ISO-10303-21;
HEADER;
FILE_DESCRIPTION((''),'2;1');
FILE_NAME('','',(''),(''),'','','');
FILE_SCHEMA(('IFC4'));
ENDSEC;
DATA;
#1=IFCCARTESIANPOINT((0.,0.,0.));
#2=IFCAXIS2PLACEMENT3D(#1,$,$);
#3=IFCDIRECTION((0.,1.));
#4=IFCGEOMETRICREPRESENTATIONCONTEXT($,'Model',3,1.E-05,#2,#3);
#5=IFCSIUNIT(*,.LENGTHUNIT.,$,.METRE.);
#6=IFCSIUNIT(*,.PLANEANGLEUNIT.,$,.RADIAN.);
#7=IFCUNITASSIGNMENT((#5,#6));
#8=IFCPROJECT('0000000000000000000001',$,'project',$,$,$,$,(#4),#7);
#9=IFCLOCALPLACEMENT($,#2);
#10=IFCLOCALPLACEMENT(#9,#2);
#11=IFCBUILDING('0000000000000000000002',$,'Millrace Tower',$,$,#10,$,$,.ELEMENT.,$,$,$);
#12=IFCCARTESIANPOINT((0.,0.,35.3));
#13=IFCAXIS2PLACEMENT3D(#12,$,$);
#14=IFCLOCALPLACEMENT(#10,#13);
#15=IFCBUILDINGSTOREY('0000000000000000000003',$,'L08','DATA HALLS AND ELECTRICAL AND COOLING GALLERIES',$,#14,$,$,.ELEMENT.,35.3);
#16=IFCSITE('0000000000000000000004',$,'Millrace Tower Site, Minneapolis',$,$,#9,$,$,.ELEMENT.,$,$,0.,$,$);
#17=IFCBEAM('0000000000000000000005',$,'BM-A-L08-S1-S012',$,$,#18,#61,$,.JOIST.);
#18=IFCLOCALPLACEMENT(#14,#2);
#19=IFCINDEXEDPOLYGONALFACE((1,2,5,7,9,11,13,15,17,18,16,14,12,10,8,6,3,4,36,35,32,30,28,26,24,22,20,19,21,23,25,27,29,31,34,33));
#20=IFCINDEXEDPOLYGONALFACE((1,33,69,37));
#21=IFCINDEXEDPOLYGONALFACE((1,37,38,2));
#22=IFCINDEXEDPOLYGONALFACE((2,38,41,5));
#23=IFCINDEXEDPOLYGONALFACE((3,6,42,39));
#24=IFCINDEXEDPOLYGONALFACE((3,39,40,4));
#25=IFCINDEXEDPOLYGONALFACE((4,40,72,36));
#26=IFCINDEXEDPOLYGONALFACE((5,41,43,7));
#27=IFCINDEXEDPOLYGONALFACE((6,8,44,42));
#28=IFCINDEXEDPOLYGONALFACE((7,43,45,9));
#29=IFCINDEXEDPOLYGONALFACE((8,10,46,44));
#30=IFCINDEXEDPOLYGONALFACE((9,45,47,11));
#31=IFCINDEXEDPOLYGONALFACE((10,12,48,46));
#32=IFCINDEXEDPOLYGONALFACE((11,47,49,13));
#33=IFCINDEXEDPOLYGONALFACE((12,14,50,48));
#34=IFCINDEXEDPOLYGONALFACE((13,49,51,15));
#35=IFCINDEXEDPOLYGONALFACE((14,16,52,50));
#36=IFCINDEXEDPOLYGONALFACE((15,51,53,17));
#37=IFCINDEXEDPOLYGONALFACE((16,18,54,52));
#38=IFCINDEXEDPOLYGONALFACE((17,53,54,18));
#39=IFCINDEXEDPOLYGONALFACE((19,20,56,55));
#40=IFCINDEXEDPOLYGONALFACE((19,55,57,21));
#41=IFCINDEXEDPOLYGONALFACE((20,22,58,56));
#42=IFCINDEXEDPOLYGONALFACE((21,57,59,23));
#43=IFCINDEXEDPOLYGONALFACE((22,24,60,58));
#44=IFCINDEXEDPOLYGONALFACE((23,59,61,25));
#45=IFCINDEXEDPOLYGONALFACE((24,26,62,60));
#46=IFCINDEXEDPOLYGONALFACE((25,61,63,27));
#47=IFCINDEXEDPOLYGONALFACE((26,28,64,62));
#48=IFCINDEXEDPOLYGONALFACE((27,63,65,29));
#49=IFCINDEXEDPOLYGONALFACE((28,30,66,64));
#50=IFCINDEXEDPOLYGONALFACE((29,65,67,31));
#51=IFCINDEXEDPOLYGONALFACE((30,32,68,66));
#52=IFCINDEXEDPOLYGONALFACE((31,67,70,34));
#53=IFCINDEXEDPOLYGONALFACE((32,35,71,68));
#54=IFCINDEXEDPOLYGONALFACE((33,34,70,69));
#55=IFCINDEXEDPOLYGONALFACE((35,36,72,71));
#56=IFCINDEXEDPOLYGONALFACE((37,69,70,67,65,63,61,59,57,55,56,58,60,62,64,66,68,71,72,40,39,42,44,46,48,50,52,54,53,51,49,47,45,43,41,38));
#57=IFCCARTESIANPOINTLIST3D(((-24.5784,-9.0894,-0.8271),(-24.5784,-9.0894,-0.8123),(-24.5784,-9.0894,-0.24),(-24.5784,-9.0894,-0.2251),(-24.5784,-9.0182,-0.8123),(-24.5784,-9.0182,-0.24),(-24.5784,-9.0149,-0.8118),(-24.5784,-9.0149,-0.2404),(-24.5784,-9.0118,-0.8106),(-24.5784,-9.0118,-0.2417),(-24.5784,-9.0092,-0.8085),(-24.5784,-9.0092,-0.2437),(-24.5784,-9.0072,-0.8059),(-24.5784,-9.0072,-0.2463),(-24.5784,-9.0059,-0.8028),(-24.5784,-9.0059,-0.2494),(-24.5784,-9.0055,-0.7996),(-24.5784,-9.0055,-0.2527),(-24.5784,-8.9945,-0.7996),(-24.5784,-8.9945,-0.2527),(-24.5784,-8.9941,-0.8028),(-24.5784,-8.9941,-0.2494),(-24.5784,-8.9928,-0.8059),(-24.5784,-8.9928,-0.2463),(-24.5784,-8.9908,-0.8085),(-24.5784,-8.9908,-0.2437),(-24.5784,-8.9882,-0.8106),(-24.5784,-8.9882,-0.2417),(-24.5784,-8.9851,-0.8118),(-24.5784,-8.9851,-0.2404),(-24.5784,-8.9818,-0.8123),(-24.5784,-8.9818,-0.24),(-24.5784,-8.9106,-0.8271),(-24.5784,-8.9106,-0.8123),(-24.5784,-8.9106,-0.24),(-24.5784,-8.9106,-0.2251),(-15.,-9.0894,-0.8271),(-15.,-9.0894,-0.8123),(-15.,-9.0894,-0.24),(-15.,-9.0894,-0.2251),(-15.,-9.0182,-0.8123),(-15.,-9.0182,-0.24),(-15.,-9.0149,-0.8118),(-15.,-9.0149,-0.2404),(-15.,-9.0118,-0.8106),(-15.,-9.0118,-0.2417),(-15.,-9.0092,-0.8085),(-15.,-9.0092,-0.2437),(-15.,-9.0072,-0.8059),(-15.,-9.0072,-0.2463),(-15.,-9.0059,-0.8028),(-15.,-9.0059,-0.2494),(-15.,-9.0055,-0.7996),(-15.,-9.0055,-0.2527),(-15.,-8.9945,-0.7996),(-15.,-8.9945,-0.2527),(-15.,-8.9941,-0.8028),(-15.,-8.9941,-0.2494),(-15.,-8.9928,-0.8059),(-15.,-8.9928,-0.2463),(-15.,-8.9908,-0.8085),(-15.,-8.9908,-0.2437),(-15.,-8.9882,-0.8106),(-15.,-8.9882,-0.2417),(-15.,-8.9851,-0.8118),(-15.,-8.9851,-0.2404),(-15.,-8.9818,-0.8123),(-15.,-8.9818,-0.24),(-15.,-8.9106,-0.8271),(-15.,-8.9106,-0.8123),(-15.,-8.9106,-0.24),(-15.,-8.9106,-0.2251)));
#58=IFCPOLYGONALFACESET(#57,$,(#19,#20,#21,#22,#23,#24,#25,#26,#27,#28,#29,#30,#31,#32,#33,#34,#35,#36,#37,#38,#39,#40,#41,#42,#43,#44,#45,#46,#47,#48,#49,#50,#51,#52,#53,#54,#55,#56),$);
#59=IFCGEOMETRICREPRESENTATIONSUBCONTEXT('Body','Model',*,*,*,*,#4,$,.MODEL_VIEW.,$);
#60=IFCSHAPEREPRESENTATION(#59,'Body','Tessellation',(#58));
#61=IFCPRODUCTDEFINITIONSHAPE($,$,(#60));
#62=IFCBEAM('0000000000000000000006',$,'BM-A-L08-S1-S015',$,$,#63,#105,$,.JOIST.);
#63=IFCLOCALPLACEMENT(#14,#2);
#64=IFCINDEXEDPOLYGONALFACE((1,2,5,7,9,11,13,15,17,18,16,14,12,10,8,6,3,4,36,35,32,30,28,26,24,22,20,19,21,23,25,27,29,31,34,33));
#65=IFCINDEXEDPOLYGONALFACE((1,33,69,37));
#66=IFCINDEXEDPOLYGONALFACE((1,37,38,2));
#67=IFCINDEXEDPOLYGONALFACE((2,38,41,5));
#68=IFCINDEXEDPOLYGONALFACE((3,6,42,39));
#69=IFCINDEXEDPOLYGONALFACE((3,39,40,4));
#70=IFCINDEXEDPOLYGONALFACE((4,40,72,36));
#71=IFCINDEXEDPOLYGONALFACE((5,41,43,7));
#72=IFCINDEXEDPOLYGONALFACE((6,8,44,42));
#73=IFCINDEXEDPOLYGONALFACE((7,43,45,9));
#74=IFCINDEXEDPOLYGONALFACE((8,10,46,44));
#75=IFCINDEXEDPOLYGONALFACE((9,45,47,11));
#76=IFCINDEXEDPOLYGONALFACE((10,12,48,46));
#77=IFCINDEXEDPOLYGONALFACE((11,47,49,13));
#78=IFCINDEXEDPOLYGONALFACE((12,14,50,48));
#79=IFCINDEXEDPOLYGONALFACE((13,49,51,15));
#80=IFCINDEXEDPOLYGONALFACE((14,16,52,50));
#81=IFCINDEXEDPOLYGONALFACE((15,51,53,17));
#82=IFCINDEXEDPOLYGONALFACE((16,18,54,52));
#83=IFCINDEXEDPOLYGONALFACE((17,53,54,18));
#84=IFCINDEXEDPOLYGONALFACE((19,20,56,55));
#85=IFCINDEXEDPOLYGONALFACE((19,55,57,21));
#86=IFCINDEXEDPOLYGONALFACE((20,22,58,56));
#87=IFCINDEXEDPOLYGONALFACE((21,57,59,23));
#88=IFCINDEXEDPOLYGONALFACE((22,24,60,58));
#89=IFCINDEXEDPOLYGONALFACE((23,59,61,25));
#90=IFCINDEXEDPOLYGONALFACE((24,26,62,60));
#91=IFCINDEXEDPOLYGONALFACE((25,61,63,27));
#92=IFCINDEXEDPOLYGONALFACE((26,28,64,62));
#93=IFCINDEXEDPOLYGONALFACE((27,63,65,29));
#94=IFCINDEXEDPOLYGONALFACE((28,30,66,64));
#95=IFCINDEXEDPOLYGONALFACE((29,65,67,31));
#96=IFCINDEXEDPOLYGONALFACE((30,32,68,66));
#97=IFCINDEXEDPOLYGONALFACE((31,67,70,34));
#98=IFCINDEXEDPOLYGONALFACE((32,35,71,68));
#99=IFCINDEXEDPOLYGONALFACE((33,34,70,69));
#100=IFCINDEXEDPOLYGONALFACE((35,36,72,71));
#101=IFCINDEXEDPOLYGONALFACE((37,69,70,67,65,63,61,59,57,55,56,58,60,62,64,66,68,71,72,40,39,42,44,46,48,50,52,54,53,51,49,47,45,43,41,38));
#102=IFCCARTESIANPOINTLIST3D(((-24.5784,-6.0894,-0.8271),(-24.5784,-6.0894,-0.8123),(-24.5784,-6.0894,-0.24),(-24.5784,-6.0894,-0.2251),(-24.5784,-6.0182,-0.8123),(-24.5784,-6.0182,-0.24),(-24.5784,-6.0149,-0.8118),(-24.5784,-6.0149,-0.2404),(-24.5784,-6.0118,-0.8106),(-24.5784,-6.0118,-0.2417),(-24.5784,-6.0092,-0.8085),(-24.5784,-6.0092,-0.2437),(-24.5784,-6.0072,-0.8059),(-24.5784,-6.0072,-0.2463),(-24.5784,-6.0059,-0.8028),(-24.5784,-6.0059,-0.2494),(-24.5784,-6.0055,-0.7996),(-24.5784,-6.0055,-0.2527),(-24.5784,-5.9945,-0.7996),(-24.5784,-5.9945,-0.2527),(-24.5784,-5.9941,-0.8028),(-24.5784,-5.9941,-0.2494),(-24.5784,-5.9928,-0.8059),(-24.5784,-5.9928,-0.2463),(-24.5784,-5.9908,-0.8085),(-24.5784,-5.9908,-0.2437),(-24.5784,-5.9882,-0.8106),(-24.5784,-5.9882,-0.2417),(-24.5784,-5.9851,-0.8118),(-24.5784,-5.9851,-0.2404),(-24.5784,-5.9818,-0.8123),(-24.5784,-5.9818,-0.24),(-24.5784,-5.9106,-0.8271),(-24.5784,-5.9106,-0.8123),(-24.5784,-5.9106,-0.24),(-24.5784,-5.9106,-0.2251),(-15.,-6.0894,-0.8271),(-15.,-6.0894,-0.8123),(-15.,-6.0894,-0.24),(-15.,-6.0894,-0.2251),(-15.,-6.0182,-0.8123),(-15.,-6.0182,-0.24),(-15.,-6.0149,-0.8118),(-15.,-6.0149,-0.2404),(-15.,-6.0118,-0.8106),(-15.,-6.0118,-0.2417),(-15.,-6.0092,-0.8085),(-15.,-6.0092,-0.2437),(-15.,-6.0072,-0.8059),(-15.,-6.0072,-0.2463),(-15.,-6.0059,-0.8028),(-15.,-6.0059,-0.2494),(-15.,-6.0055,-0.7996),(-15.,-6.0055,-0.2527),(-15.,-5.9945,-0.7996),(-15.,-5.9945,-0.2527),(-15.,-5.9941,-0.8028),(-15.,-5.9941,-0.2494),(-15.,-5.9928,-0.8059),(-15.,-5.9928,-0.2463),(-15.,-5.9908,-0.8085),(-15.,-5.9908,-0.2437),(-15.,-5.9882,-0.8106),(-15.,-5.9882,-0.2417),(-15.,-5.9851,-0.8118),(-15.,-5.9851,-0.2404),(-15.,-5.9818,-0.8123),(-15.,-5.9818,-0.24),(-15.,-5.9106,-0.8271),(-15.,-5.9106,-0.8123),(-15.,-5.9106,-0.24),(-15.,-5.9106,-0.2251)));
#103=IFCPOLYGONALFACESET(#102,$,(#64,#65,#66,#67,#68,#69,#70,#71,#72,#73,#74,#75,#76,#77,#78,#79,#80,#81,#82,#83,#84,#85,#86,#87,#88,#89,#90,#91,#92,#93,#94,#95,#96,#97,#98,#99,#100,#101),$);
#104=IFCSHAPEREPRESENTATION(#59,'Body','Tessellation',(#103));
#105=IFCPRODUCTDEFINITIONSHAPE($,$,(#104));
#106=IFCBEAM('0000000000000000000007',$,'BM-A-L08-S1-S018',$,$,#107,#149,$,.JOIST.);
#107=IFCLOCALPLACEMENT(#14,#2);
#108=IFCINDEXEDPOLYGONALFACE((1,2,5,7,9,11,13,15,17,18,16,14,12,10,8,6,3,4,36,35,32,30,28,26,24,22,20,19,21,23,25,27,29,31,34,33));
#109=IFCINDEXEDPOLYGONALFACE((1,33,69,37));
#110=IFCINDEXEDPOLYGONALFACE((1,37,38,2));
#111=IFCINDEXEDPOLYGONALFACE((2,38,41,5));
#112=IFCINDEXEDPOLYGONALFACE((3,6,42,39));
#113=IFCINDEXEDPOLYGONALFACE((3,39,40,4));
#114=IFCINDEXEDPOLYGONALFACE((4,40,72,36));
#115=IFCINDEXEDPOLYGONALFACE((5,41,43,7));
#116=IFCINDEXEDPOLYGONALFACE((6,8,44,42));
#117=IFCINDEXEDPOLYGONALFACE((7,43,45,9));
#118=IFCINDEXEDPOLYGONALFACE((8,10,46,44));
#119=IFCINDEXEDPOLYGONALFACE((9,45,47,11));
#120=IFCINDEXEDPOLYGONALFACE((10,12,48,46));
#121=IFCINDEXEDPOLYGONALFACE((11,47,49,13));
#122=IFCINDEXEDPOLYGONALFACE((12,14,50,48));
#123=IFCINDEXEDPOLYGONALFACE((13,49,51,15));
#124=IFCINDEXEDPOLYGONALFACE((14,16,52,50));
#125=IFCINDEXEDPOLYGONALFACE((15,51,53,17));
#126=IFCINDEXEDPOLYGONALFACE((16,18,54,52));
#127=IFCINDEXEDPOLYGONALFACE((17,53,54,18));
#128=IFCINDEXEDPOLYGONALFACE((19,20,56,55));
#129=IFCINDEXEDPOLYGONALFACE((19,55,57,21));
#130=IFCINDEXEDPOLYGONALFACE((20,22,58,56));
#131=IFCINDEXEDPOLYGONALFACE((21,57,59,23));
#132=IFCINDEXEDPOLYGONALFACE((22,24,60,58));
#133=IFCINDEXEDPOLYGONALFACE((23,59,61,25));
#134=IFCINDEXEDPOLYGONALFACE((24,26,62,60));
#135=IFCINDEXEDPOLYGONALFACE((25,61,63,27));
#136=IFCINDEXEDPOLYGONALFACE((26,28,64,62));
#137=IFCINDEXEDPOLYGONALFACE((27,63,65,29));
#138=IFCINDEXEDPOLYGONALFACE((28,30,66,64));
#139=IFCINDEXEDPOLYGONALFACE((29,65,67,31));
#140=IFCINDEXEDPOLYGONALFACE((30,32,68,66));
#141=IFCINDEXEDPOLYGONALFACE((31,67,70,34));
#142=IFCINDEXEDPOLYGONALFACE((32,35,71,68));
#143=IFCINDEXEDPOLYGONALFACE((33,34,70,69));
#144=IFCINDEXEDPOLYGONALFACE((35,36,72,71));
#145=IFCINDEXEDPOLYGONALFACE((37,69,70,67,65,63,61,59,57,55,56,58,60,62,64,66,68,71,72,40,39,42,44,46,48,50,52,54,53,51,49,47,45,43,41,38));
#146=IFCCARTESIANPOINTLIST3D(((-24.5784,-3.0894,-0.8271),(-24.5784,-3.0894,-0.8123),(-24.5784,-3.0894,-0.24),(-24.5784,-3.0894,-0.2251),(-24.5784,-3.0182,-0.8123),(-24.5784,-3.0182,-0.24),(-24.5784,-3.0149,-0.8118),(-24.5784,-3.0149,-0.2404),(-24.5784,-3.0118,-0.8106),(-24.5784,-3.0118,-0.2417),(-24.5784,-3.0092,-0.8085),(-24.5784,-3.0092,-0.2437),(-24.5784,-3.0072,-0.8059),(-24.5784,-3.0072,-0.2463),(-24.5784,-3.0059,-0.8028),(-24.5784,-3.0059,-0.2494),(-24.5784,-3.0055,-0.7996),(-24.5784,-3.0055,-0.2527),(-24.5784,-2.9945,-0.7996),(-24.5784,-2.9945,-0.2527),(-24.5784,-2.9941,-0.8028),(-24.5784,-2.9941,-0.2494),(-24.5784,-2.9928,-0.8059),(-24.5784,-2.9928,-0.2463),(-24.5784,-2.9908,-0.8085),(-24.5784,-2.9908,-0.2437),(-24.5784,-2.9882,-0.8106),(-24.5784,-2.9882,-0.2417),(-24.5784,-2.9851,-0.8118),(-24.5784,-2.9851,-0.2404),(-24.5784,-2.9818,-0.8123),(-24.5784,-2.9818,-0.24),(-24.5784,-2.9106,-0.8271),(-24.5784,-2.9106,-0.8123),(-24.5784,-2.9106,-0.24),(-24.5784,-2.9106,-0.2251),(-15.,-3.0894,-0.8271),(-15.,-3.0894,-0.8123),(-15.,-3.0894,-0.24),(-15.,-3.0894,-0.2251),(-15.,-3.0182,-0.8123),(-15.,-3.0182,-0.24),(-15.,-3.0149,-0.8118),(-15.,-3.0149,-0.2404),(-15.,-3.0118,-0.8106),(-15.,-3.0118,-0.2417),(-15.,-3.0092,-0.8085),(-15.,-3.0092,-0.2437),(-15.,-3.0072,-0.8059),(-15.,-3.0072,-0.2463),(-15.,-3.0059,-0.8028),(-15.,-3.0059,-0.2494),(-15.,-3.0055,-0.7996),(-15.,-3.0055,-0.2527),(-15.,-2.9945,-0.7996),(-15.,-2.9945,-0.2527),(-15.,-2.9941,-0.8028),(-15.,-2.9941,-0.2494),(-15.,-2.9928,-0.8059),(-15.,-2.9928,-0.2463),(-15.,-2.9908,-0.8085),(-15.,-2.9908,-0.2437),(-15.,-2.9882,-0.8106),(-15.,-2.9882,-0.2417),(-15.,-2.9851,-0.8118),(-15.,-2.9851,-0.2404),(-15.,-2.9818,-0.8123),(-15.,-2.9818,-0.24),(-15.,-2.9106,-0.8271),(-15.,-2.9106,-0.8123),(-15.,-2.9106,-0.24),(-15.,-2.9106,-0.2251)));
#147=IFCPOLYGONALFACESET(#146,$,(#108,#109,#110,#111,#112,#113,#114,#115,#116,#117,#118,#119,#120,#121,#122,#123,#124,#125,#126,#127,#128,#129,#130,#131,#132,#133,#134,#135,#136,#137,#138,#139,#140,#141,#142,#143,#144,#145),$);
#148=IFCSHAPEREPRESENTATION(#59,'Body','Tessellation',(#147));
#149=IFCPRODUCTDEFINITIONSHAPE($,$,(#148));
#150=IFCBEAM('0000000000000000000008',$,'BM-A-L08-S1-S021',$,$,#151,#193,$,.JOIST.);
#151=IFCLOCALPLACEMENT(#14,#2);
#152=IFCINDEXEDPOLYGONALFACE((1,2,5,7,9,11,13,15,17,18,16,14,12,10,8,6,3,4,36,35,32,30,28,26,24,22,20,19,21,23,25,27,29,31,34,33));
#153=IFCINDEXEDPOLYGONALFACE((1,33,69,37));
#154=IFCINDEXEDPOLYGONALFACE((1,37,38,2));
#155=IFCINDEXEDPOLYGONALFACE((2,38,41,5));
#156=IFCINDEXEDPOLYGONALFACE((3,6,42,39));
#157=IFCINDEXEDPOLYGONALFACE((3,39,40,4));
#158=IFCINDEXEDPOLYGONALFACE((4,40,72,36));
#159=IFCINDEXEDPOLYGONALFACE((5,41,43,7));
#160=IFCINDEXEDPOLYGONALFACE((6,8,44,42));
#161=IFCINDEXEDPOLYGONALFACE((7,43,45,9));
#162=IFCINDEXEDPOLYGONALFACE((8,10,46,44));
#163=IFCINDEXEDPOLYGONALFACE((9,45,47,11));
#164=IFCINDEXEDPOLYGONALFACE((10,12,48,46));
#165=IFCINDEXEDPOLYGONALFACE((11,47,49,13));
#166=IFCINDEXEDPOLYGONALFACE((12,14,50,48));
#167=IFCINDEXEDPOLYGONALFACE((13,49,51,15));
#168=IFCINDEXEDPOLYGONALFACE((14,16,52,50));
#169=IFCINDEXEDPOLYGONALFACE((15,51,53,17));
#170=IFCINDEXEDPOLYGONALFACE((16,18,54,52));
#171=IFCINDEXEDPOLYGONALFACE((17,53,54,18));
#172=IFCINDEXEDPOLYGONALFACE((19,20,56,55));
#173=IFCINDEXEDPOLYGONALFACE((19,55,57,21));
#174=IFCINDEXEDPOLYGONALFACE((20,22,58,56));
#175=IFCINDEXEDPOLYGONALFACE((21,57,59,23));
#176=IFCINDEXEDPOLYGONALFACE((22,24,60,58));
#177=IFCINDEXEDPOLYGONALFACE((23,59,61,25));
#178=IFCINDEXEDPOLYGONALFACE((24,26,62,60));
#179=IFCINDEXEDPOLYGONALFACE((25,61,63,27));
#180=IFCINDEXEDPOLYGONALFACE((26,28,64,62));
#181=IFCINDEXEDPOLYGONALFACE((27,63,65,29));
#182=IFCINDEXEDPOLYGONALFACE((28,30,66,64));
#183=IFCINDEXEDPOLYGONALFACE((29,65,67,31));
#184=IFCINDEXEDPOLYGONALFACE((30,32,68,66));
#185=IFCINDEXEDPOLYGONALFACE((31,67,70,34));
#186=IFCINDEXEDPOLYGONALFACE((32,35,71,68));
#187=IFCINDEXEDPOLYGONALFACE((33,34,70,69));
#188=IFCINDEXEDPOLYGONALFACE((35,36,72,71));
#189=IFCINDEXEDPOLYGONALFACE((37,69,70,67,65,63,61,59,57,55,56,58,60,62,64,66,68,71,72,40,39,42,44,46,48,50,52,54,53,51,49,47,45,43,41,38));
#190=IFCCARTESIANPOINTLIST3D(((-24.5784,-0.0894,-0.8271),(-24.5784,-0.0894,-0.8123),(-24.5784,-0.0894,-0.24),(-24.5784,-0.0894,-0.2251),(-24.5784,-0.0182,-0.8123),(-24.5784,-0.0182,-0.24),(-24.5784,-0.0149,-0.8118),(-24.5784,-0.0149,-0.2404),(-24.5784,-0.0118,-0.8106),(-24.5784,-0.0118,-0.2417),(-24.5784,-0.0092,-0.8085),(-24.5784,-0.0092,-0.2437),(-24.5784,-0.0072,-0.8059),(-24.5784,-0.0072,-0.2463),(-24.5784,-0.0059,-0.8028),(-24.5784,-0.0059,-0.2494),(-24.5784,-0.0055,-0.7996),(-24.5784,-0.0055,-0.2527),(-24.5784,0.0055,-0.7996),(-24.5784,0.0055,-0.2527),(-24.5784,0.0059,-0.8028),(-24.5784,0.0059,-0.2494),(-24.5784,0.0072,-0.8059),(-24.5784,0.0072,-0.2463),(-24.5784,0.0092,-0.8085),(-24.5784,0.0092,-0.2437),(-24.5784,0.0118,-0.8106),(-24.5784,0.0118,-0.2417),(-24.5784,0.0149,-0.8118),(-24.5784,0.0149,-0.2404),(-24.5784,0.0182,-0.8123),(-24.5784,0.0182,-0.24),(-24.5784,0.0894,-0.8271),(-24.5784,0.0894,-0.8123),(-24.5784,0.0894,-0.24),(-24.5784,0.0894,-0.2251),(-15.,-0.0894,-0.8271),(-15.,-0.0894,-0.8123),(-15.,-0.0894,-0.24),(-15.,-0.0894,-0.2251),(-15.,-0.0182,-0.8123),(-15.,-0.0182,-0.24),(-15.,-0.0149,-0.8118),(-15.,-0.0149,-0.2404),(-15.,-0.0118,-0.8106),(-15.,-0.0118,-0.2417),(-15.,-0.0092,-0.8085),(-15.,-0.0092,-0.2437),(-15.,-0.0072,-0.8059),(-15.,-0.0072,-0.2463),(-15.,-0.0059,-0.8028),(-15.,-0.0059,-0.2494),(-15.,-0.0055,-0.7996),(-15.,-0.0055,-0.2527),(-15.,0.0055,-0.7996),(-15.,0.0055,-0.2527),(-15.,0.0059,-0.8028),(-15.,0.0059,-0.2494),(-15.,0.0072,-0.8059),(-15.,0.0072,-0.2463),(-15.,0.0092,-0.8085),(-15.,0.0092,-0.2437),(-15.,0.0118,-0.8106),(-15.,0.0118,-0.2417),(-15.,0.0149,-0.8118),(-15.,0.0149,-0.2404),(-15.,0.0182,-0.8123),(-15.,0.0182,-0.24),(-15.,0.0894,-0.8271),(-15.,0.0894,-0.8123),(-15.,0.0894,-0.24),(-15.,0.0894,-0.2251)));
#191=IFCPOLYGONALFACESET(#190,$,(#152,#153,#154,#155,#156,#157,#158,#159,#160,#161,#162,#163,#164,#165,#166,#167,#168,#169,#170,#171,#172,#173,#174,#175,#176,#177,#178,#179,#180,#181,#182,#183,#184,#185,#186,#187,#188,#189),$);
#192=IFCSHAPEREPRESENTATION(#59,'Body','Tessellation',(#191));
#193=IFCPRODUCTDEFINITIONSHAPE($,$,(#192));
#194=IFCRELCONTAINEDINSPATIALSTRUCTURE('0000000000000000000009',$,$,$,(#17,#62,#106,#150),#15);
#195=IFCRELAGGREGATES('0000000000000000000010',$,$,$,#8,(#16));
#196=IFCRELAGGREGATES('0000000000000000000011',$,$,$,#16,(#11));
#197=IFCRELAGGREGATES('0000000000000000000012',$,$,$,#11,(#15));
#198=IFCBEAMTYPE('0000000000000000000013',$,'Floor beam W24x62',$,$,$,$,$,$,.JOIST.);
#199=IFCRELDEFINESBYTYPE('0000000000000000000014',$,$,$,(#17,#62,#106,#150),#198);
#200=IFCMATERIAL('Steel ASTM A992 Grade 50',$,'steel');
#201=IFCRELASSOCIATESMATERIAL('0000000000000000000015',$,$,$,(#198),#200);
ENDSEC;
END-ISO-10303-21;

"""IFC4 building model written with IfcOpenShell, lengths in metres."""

from ifc_helpers import new_model, si_unit, direction, frame, origin, origin_2d, place, context, subcontext, project, spatial, i_section, extrude, material, material_profile, profile_set, type_object, element, save


model = new_model("IFC4")

# Units and contexts
model_context = context("Model", 3, precision=1e-05, world=origin(), true_north=direction((0.0, 1.0)))
body_context = subcontext(model_context, "Body", "Model", "MODEL_VIEW")
ifc_project = project(units=[si_unit("LENGTHUNIT", "METRE"), si_unit("PLANEANGLEUNIT", "RADIAN")], contexts=[model_context])

# Site, building, storey
site_placement = place(None, origin())
site = spatial("IfcSite", under=ifc_project, at=site_placement, Name="Millrace Tower Site, Minneapolis", CompositionType="ELEMENT", RefElevation=0.0)
building_placement = place(site_placement, origin())
building = spatial("IfcBuilding", under=site, at=building_placement, Name="Millrace Tower", CompositionType="ELEMENT")
storey_placement = place(building_placement, frame((0.0, 0.0, 35.3)))
storey = spatial("IfcBuildingStorey", under=building, at=storey_placement, Name="L08", Description="DATA HALLS AND ELECTRICAL AND COOLING GALLERIES", CompositionType="ELEMENT", Elevation=35.3)

# Beams
ifc_material_1 = material(Name="Steel ASTM A992 Grade 50", Category="steel")
ifc_material_profile_1 = material_profile(ifc_material_1, i_section(OverallWidth=0.1787, OverallDepth=0.6021, WebThickness=0.011, FlangeThickness=0.0149, FilletRadius=0.0127, at=origin_2d()))
ifc_profile_set_1 = profile_set([ifc_material_profile_1], Name="Steel ASTM A992 Grade 50")
beam_type_1 = type_object("IfcBeamType", Name="Floor beam W24x62", PredefinedType="JOIST", material=ifc_profile_set_1)
for number, where, z_axis, x_axis, name in (
    (1, (-24.5784, -9.0, -0.5261), (1.0, 0.0, 0.0), (0.0, 1.0, 0.0), "BM-A-L08-S1-S012"),
    (2, (-24.5784, -6.0, -0.5261), (1.0, 0.0, 0.0), (0.0, 1.0, 0.0), "BM-A-L08-S1-S015"),
    (3, (-24.5784, -3.0, -0.5261), (1.0, 0.0, 0.0), (0.0, 1.0, 0.0), "BM-A-L08-S1-S018"),
    (4, (-24.5784, 0.0, -0.5261), (1.0, 0.0, 0.0), (0.0, 1.0, 0.0), "BM-A-L08-S1-S021"),
):
    element("IfcBeam", number, at=place(storey_placement, frame(where, z_axis=z_axis, x_axis=x_axis)), inside=storey, type_object=beam_type_1, Name=name, PredefinedType="JOIST", context=body_context, shape_type="SweptSolid", body=[
        extrude(i_section(OverallWidth=0.1787, OverallDepth=0.6021, WebThickness=0.011, FlangeThickness=0.0149, FilletRadius=0.0127, at=origin_2d()), origin(), (0.0, 0.0, 1.0), 9.5784),
    ])

save(model, "model.ifc")
